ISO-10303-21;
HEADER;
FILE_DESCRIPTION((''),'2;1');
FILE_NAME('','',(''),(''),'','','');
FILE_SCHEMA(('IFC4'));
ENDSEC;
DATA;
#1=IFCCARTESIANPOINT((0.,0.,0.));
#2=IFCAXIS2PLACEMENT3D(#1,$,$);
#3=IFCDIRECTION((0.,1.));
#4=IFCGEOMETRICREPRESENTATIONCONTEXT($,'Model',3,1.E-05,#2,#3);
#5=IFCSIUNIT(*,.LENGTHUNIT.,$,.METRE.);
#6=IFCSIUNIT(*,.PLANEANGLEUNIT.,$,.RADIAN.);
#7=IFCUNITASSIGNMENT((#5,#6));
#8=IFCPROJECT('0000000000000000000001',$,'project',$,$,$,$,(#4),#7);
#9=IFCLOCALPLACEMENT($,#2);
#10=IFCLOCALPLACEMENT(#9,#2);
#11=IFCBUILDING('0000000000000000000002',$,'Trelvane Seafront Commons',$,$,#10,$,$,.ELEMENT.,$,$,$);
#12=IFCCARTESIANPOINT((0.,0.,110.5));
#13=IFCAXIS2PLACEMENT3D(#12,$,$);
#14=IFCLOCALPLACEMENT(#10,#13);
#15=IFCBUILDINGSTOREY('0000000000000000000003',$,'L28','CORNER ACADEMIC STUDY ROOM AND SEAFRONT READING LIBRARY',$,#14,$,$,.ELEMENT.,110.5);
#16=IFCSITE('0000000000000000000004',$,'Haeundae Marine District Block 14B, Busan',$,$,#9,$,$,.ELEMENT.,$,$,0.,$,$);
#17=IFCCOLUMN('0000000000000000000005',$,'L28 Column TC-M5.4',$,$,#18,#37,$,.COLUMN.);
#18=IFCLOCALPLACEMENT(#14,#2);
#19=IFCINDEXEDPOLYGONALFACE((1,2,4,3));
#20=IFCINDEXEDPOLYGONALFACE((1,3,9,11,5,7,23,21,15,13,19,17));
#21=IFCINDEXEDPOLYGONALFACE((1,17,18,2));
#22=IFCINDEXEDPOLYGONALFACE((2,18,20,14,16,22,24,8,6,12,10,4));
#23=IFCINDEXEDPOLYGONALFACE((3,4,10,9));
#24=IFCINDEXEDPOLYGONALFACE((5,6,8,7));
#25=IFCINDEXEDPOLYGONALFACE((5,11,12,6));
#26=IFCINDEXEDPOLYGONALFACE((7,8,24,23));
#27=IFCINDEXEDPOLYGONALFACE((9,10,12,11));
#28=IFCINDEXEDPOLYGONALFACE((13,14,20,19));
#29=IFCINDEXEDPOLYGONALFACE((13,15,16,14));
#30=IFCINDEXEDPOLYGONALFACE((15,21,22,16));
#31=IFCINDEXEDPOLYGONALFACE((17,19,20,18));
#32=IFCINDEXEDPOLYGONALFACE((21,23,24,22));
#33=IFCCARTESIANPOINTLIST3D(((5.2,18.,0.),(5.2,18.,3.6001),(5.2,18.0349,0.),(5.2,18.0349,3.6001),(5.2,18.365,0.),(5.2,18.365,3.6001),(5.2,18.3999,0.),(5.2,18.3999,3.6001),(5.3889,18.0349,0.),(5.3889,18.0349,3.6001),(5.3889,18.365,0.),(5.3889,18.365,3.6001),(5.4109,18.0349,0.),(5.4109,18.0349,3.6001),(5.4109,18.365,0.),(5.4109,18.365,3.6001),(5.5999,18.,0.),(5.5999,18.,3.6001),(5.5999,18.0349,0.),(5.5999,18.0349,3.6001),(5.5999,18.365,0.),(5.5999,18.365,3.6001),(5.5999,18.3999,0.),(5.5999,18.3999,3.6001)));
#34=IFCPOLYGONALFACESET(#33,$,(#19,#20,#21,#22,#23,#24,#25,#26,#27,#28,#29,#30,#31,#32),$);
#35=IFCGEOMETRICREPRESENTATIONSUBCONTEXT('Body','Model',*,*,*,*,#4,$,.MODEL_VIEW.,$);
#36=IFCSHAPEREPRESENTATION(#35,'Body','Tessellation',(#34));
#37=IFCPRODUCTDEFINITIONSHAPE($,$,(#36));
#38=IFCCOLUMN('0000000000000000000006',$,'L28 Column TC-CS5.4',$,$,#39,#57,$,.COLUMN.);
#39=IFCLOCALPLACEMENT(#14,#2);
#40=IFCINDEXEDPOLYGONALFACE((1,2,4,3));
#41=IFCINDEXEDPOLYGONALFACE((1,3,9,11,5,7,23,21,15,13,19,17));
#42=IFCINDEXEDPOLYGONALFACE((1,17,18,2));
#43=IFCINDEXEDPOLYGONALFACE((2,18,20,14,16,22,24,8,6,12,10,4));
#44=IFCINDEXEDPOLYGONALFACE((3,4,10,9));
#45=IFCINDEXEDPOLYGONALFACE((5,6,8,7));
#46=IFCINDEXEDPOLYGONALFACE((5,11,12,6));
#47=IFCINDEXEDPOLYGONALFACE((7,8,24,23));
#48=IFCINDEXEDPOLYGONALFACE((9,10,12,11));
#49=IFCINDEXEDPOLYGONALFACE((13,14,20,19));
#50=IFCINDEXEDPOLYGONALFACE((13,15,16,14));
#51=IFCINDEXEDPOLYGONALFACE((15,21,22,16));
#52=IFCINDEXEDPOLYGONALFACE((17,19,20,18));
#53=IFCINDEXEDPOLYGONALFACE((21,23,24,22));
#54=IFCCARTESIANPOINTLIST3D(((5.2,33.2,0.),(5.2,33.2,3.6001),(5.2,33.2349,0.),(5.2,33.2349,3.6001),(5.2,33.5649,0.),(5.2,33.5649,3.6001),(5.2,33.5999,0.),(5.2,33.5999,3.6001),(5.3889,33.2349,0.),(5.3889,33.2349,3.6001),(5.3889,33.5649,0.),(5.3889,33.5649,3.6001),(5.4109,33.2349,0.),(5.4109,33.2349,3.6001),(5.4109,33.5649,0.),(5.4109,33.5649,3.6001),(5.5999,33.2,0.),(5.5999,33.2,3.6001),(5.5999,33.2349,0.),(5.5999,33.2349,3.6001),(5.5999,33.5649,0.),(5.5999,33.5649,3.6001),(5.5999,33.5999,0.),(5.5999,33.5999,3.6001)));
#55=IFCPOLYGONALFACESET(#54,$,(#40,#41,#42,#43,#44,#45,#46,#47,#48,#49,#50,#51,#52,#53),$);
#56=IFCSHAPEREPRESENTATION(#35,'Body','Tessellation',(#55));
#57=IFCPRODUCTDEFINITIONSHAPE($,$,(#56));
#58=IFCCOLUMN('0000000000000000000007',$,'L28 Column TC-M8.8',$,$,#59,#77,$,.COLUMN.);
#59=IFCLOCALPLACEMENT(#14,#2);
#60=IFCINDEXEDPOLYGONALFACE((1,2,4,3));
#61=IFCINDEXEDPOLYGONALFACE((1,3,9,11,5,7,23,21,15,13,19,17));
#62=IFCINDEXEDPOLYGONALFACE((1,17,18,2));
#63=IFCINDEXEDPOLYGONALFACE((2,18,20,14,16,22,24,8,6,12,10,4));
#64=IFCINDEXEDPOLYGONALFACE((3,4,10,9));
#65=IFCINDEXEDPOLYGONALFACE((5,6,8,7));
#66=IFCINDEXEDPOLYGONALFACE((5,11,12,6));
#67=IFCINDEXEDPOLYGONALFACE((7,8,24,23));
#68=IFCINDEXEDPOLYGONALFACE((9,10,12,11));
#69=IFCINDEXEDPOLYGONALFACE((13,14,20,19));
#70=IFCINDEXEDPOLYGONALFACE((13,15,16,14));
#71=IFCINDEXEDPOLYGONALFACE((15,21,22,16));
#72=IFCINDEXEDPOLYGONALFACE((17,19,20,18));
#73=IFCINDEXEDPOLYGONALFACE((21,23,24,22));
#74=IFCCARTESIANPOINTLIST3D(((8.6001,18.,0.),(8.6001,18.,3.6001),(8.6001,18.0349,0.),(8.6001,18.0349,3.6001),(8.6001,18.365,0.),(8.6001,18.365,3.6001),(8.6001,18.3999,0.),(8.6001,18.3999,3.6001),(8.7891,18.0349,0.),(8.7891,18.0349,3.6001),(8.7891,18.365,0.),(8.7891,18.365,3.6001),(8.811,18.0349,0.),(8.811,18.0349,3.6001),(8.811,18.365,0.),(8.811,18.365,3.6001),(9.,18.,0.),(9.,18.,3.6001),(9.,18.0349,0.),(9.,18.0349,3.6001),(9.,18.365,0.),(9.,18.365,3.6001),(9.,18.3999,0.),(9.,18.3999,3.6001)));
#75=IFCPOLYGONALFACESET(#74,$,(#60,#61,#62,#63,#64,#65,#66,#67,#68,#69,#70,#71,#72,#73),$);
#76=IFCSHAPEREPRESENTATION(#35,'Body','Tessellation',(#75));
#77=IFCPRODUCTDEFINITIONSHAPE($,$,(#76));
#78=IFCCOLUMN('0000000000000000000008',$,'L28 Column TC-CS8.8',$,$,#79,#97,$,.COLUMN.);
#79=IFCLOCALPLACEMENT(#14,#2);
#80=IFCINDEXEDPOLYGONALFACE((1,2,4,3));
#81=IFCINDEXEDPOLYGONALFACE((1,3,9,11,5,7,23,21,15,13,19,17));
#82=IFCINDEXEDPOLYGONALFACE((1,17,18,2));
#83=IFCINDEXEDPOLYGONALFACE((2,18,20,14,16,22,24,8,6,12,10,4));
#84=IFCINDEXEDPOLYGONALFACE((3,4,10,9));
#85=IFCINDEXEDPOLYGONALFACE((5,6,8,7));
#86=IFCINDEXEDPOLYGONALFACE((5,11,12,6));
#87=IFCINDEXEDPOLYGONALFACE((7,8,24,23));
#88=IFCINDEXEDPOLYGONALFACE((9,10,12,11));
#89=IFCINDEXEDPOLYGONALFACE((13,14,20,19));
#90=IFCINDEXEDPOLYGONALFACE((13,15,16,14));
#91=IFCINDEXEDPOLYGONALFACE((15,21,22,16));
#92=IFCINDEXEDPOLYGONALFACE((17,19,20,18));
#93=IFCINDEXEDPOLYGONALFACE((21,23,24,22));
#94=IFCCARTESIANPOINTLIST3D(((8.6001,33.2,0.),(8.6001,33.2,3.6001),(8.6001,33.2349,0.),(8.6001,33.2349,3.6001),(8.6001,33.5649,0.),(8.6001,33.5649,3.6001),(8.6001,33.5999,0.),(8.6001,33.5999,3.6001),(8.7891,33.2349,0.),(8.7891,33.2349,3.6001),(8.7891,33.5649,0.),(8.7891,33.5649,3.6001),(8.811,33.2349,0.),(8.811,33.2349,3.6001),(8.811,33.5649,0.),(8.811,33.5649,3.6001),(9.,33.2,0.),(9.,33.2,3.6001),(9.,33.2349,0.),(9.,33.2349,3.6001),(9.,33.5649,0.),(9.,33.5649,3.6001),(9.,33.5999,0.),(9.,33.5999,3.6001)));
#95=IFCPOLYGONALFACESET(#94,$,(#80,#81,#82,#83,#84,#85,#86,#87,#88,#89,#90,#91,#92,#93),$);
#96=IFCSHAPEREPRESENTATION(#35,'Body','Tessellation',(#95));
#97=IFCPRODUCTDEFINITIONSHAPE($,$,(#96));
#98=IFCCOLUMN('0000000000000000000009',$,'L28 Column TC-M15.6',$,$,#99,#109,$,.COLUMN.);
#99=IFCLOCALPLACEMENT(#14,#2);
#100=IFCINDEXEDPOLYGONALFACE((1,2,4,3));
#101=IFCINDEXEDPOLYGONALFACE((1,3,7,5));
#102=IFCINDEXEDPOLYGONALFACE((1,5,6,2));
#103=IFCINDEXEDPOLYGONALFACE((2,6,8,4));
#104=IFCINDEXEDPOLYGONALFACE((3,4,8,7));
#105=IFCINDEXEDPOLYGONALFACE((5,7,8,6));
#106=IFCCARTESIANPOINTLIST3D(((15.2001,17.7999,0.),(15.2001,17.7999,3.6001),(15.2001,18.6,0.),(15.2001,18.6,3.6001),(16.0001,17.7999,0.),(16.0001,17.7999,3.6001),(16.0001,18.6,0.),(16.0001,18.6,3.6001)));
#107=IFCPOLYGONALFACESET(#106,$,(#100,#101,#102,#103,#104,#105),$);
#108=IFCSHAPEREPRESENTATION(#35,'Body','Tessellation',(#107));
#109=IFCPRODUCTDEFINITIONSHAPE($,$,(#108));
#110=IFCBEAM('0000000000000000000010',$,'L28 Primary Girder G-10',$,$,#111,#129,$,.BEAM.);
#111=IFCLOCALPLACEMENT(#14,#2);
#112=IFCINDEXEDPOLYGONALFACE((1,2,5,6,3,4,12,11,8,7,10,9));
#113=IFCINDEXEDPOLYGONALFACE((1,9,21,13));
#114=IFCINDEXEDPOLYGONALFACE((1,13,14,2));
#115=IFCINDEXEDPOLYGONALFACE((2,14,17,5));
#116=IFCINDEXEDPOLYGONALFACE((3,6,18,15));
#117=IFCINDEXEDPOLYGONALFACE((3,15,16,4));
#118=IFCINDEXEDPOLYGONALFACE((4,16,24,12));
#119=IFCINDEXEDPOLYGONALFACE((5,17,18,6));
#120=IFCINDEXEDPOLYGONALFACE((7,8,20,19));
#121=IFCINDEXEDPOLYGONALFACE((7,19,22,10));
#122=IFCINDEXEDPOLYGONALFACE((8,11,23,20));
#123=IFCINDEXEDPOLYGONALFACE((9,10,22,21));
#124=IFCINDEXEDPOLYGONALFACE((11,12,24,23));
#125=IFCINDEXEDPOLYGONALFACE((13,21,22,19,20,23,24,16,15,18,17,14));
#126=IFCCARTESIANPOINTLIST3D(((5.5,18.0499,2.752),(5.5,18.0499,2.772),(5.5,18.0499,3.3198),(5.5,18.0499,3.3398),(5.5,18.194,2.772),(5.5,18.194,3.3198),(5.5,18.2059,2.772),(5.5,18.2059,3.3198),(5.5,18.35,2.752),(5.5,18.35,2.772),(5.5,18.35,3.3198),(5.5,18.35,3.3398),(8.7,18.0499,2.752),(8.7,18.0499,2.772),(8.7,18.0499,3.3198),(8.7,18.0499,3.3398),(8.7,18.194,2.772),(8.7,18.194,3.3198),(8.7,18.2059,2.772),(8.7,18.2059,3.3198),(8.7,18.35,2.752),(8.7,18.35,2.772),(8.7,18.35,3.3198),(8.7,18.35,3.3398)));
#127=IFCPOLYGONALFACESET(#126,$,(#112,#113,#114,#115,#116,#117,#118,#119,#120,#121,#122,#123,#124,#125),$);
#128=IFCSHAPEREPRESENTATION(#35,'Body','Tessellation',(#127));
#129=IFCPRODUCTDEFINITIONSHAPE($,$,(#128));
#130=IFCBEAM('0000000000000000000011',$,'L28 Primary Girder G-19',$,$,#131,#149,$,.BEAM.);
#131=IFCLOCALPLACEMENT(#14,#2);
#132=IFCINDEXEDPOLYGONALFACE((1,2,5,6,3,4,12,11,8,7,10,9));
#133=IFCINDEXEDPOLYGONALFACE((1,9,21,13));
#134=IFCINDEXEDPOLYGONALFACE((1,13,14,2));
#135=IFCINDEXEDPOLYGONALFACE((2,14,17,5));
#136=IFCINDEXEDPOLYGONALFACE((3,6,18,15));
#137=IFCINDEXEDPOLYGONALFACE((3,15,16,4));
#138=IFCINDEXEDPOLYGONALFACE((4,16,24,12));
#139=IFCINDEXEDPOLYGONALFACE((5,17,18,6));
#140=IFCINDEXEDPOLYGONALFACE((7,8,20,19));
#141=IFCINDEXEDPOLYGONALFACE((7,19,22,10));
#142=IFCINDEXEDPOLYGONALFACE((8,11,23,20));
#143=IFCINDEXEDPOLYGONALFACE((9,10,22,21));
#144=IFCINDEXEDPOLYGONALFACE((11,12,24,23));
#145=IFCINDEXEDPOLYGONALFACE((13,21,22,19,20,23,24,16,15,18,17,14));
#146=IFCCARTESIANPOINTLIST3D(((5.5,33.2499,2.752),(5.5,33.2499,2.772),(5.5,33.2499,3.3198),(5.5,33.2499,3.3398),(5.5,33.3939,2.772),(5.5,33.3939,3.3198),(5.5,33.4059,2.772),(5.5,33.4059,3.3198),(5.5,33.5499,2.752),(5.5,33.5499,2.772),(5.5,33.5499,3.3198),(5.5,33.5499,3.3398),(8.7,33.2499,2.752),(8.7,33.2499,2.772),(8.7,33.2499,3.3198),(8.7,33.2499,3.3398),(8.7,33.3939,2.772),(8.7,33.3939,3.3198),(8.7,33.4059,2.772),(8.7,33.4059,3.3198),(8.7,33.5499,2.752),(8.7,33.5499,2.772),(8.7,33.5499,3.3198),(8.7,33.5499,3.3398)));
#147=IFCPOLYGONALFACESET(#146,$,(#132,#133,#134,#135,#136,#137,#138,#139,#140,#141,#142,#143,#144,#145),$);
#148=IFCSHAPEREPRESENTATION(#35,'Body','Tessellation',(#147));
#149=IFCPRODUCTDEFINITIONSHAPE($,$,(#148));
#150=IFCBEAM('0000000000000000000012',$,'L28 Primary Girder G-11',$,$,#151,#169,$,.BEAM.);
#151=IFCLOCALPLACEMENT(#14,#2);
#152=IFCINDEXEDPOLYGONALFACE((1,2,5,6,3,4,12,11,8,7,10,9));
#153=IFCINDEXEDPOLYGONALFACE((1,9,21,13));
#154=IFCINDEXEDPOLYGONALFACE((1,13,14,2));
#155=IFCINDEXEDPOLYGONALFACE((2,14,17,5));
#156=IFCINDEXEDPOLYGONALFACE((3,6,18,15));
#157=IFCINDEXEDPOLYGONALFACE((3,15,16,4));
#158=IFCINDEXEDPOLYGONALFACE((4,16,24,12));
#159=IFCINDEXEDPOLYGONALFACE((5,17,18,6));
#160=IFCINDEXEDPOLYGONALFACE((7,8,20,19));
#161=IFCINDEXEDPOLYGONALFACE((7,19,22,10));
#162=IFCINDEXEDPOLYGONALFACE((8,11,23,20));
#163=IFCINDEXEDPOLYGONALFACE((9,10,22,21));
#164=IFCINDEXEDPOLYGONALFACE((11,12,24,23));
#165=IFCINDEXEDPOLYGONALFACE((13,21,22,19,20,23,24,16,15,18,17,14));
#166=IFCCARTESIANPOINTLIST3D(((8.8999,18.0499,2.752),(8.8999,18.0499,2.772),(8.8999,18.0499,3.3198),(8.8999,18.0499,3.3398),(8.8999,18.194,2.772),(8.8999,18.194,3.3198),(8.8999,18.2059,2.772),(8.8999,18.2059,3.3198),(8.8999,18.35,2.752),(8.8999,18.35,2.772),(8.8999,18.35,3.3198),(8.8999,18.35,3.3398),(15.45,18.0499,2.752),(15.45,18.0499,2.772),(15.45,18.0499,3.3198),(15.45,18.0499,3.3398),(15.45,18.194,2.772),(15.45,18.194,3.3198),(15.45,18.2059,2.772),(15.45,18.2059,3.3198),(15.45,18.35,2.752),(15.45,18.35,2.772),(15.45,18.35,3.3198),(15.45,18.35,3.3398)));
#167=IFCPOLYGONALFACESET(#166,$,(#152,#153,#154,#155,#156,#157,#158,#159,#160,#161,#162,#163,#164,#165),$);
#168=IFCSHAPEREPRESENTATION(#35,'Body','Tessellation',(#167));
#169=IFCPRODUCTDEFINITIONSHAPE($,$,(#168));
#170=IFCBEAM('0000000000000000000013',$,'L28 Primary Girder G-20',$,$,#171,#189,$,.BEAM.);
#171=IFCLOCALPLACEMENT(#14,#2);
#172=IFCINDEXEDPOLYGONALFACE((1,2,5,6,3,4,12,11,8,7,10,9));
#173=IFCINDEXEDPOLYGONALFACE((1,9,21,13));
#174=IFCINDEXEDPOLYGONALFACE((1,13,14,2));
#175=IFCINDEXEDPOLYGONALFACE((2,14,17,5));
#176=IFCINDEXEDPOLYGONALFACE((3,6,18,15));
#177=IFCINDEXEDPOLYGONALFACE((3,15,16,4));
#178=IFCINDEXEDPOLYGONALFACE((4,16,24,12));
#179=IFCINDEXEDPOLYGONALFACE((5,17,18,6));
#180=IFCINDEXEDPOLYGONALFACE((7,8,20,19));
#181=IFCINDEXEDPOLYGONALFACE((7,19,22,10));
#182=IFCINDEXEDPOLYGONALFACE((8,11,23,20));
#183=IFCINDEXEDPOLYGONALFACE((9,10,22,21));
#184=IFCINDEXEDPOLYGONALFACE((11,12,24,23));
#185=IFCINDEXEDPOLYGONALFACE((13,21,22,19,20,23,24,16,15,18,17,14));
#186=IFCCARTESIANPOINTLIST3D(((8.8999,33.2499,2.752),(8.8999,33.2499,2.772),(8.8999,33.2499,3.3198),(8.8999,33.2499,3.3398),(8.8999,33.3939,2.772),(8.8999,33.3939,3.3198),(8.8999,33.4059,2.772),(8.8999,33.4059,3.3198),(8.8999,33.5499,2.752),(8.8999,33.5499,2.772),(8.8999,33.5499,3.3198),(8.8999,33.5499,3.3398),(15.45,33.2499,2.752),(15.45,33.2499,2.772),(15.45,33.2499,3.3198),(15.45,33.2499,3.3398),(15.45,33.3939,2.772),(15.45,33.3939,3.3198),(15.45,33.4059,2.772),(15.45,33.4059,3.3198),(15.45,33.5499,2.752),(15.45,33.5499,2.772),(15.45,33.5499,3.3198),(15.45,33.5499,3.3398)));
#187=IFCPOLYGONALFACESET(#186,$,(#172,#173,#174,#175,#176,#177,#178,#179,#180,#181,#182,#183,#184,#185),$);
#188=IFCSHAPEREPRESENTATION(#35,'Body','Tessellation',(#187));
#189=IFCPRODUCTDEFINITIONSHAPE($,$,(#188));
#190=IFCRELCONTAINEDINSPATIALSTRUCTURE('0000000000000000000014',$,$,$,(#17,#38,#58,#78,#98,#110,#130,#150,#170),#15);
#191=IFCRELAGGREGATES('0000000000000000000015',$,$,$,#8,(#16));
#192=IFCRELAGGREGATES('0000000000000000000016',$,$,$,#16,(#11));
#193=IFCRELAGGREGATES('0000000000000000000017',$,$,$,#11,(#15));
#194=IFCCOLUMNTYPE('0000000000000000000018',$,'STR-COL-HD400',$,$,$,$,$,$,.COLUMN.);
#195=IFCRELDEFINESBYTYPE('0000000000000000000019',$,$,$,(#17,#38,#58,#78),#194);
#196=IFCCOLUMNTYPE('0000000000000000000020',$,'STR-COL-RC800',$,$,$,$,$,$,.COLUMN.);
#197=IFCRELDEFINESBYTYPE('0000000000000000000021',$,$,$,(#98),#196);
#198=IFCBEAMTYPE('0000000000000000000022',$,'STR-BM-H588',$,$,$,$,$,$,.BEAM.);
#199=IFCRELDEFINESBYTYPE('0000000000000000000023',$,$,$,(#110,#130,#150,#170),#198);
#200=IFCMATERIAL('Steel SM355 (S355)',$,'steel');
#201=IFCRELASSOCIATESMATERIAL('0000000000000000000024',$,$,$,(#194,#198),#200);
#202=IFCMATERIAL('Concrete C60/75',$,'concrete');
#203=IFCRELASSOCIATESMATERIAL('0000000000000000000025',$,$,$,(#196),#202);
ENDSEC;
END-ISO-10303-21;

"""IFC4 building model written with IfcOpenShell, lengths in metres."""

from ifc_helpers import new_model, si_unit, direction, frame, origin, origin_2d, place, context, subcontext, project, spatial, rectangle, i_section, extrude, source, transform, mapped, material, material_profile, profile_set, type_object, element, save


model = new_model("IFC4")

# Units and contexts
model_context = context("Model", 3, precision=1e-05, world=origin(), true_north=direction((0.0, 1.0)))
body_context = subcontext(model_context, "Body", "Model", "MODEL_VIEW")
ifc_project = project(units=[si_unit("LENGTHUNIT", "METRE"), si_unit("PLANEANGLEUNIT", "RADIAN")], contexts=[model_context])

# Site, building, storey
site_placement = place(None, origin())
site = spatial("IfcSite", under=ifc_project, at=site_placement, Name="Haeundae Marine District Block 14B, Busan", CompositionType="ELEMENT", RefElevation=0.0)
building_placement = place(site_placement, origin())
building = spatial("IfcBuilding", under=site, at=building_placement, Name="Trelvane Seafront Commons", CompositionType="ELEMENT")
storey_placement = place(building_placement, frame((0.0, 0.0, 110.5)))
storey = spatial("IfcBuildingStorey", under=building, at=storey_placement, Name="L28", Description="CORNER ACADEMIC STUDY ROOM AND SEAFRONT READING LIBRARY", CompositionType="ELEMENT", Elevation=110.5)

# Columns
ifc_material_1 = material(Name="Steel SM355 (S355)", Category="steel")
ifc_material_profile_1 = material_profile(ifc_material_1, i_section(OverallWidth=0.3999, OverallDepth=0.3999, WebThickness=0.022, FlangeThickness=0.0349, at=origin_2d()), Name="HD-400x400x22x35")
ifc_profile_set_1 = profile_set([ifc_material_profile_1], Name="Steel SM355 (S355)")
column_type_1 = type_object("IfcColumnType", Name="STR-COL-HD400", PredefinedType="COLUMN", material=ifc_profile_set_1)
shared_shape_1 = source(origin(), body_context, "Body", "SweptSolid", [
    extrude(i_section(OverallWidth=0.3999, OverallDepth=0.3999, WebThickness=0.022, FlangeThickness=0.0349, at=origin_2d()), origin(), (0.0, 0.0, 1.0), 3.6001),
])
for number, where, z_axis, x_axis, name in (
    (1, (5.3999, 18.2, 0.0), (0.0, 0.0, 1.0), (1.0, 0.0, 0.0), "L28 Column TC-M5.4"),
    (2, (5.3999, 33.3999, 0.0), (0.0, 0.0, 1.0), (1.0, 0.0, 0.0), "L28 Column TC-CS5.4"),
    (3, (8.8, 18.2, 0.0), (0.0, 0.0, 1.0), (1.0, 0.0, 0.0), "L28 Column TC-M8.8"),
    (4, (8.8, 33.3999, 0.0), (0.0, 0.0, 1.0), (1.0, 0.0, 0.0), "L28 Column TC-CS8.8"),
):
    element("IfcColumn", number, at=place(storey_placement, frame(where, z_axis=z_axis, x_axis=x_axis)), inside=storey, type_object=column_type_1, Name=name, PredefinedType="COLUMN", context=body_context, shape_type="MappedRepresentation", body=[
        mapped(shared_shape_1, transform((0.0, 0.0, 0.0), x_axis=(1.0, 0.0, 0.0), y_axis=(0.0, 1.0, 0.0), z_axis=(0.0, 0.0, 1.0), scale=1.0)),
    ])
ifc_material_2 = material(Name="Concrete C60/75", Category="concrete")
ifc_material_profile_2 = material_profile(ifc_material_2, rectangle(XDim=0.8, YDim=0.8, at=origin_2d()), Name="RC-800x800")
ifc_profile_set_2 = profile_set([ifc_material_profile_2], Name="Concrete C60/75")
column_type_2 = type_object("IfcColumnType", Name="STR-COL-RC800", PredefinedType="COLUMN", material=ifc_profile_set_2)
shared_shape_2 = source(origin(), body_context, "Body", "SweptSolid", [
    extrude(rectangle(XDim=0.8, YDim=0.8, at=origin_2d()), origin(), (0.0, 0.0, 1.0), 3.6001),
])
column_placement = place(storey_placement, frame((15.6001, 18.2, 0.0), z_axis=(0.0, 0.0, 1.0), x_axis=(1.0, 0.0, 0.0)))
element("IfcColumn", 5, at=column_placement, inside=storey, type_object=column_type_2, Name="L28 Column TC-M15.6", PredefinedType="COLUMN", context=body_context, shape_type="MappedRepresentation", body=[
    mapped(shared_shape_2, transform((0.0, 0.0, 0.0), x_axis=(1.0, 0.0, 0.0), y_axis=(0.0, 1.0, 0.0), z_axis=(0.0, 0.0, 1.0), scale=1.0)),
])

# Beams
ifc_material_profile_3 = material_profile(ifc_material_1, i_section(OverallWidth=0.3, OverallDepth=0.5879, WebThickness=0.012, FlangeThickness=0.02, at=origin_2d()), Name="H-588x300x12x20")
ifc_profile_set_3 = profile_set([ifc_material_profile_3], Name="Steel SM355 (S355)")
beam_type_1 = type_object("IfcBeamType", Name="STR-BM-H588", PredefinedType="BEAM", material=ifc_profile_set_3)
shared_shape_3 = source(origin(), body_context, "Body", "SweptSolid", [
    extrude(i_section(OverallWidth=0.3, OverallDepth=0.5879, WebThickness=0.012, FlangeThickness=0.02, at=origin_2d()), origin(), (0.0, 0.0, 1.0), 3.2),
])
for number, where, z_axis, x_axis, name in (
    (6, (5.5, 18.2, 3.0459), (1.0, 0.0, 0.0), (0.0, 1.0, 0.0), "L28 Primary Girder G-10"),
    (7, (5.5, 33.3999, 3.0459), (1.0, 0.0, 0.0), (0.0, 1.0, 0.0), "L28 Primary Girder G-19"),
):
    element("IfcBeam", number, at=place(storey_placement, frame(where, z_axis=z_axis, x_axis=x_axis)), inside=storey, type_object=beam_type_1, Name=name, PredefinedType="BEAM", context=body_context, shape_type="MappedRepresentation", body=[
        mapped(shared_shape_3, transform((0.0, 0.0, 0.0), x_axis=(1.0, 0.0, 0.0), y_axis=(0.0, 1.0, 0.0), z_axis=(0.0, 0.0, 1.0), scale=1.0)),
    ])
shared_shape_4 = source(origin(), body_context, "Body", "SweptSolid", [
    extrude(i_section(OverallWidth=0.3, OverallDepth=0.5879, WebThickness=0.012, FlangeThickness=0.02, at=origin_2d()), origin(), (0.0, 0.0, 1.0), 6.55),
])
for number, where, z_axis, x_axis, name in (
    (8, (8.8999, 18.2, 3.0459), (1.0, 0.0, 0.0), (0.0, 1.0, 0.0), "L28 Primary Girder G-11"),
    (9, (8.8999, 33.3999, 3.0459), (1.0, 0.0, 0.0), (0.0, 1.0, 0.0), "L28 Primary Girder G-20"),
):
    element("IfcBeam", number, at=place(storey_placement, frame(where, z_axis=z_axis, x_axis=x_axis)), inside=storey, type_object=beam_type_1, Name=name, PredefinedType="BEAM", context=body_context, shape_type="MappedRepresentation", body=[
        mapped(shared_shape_4, transform((0.0, 0.0, 0.0), x_axis=(1.0, 0.0, 0.0), y_axis=(0.0, 1.0, 0.0), z_axis=(0.0, 0.0, 1.0), scale=1.0)),
    ])

save(model, "model.ifc")
